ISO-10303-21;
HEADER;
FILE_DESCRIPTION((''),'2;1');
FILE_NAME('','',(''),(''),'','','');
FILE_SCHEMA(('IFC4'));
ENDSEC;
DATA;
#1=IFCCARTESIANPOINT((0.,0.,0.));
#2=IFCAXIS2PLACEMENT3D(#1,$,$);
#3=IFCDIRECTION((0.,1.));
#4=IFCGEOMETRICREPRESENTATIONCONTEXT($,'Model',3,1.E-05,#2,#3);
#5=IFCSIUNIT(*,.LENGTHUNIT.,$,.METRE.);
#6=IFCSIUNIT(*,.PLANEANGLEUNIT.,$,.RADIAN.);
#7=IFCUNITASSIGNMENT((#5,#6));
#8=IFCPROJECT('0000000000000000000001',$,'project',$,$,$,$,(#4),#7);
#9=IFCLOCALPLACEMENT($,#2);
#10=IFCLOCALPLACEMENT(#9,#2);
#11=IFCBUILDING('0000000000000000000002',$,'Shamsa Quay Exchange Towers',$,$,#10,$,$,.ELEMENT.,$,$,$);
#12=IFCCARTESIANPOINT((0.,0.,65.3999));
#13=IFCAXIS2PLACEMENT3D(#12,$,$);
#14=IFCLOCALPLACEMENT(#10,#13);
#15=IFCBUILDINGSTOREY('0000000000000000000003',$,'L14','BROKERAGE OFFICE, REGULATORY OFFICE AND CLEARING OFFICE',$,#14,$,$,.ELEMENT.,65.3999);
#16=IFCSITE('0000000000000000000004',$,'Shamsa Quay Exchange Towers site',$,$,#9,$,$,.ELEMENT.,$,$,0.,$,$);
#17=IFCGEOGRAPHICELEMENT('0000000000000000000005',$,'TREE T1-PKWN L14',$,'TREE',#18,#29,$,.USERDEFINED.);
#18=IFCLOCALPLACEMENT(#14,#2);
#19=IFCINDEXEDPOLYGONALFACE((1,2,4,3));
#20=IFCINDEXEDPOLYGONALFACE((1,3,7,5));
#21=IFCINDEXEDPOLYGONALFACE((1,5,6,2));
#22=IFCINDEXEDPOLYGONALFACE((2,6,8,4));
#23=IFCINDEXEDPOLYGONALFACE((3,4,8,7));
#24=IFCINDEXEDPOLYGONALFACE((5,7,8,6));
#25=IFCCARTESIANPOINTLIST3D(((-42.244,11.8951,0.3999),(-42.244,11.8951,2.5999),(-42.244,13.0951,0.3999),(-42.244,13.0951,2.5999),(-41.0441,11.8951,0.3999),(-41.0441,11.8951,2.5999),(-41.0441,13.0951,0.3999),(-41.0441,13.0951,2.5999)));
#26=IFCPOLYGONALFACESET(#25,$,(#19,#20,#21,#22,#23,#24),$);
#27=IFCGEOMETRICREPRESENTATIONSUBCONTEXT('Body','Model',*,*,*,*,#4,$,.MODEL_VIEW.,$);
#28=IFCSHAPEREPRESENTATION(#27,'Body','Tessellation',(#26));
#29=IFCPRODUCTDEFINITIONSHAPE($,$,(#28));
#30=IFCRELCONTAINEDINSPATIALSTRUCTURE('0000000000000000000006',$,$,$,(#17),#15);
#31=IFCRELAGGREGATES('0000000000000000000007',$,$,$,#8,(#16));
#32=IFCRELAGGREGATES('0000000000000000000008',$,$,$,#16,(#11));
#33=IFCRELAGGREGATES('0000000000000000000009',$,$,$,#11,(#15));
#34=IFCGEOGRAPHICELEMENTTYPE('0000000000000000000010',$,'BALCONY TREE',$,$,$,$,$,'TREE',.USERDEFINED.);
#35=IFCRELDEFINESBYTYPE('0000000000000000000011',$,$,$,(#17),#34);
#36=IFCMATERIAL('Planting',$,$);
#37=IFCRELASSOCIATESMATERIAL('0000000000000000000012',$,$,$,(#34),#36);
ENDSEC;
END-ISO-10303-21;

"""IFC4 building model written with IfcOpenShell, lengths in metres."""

from ifc_helpers import new_model, si_unit, direction, frame, origin, origin_2d, place, context, subcontext, project, spatial, rectangle, extrude, material, type_object, element, save


model = new_model("IFC4")

# Units and contexts
model_context = context("Model", 3, precision=1e-05, world=origin(), true_north=direction((0.0, 1.0)))
body_context = subcontext(model_context, "Body", "Model", "MODEL_VIEW")
ifc_project = project(units=[si_unit("LENGTHUNIT", "METRE"), si_unit("PLANEANGLEUNIT", "RADIAN")], contexts=[model_context])

# Site, building, storey
site_placement = place(None, origin())
site = spatial("IfcSite", under=ifc_project, at=site_placement, Name="Shamsa Quay Exchange Towers site", CompositionType="ELEMENT", RefElevation=0.0)
building_placement = place(site_placement, origin())
building = spatial("IfcBuilding", under=site, at=building_placement, Name="Shamsa Quay Exchange Towers", CompositionType="ELEMENT")
storey_placement = place(building_placement, frame((0.0, 0.0, 65.3999)))
storey = spatial("IfcBuildingStorey", under=building, at=storey_placement, Name="L14", Description="BROKERAGE OFFICE, REGULATORY OFFICE AND CLEARING OFFICE", CompositionType="ELEMENT", Elevation=65.3999)

# Geographic element
ifc_material_1 = material(Name="Planting")
geographic_element_type = type_object("IfcGeographicElementType", Name="BALCONY TREE", ElementType="TREE", PredefinedType="USERDEFINED", material=ifc_material_1)
geographic_element_placement = place(storey_placement, frame((-41.644, 12.4951, 0.3999), z_axis=(0.0, 0.0, 1.0), x_axis=(-1.0, 0.0, 0.0)))
element("IfcGeographicElement", 1, at=geographic_element_placement, inside=storey, type_object=geographic_element_type, Name="TREE T1-PKWN L14", ObjectType="TREE", PredefinedType="USERDEFINED", context=body_context, shape_type="SweptSolid", body=[
    extrude(rectangle(XDim=1.2, YDim=1.2, at=origin_2d()), origin(), (0.0, 0.0, 1.0), 2.2),
])

save(model, "model.ifc")
